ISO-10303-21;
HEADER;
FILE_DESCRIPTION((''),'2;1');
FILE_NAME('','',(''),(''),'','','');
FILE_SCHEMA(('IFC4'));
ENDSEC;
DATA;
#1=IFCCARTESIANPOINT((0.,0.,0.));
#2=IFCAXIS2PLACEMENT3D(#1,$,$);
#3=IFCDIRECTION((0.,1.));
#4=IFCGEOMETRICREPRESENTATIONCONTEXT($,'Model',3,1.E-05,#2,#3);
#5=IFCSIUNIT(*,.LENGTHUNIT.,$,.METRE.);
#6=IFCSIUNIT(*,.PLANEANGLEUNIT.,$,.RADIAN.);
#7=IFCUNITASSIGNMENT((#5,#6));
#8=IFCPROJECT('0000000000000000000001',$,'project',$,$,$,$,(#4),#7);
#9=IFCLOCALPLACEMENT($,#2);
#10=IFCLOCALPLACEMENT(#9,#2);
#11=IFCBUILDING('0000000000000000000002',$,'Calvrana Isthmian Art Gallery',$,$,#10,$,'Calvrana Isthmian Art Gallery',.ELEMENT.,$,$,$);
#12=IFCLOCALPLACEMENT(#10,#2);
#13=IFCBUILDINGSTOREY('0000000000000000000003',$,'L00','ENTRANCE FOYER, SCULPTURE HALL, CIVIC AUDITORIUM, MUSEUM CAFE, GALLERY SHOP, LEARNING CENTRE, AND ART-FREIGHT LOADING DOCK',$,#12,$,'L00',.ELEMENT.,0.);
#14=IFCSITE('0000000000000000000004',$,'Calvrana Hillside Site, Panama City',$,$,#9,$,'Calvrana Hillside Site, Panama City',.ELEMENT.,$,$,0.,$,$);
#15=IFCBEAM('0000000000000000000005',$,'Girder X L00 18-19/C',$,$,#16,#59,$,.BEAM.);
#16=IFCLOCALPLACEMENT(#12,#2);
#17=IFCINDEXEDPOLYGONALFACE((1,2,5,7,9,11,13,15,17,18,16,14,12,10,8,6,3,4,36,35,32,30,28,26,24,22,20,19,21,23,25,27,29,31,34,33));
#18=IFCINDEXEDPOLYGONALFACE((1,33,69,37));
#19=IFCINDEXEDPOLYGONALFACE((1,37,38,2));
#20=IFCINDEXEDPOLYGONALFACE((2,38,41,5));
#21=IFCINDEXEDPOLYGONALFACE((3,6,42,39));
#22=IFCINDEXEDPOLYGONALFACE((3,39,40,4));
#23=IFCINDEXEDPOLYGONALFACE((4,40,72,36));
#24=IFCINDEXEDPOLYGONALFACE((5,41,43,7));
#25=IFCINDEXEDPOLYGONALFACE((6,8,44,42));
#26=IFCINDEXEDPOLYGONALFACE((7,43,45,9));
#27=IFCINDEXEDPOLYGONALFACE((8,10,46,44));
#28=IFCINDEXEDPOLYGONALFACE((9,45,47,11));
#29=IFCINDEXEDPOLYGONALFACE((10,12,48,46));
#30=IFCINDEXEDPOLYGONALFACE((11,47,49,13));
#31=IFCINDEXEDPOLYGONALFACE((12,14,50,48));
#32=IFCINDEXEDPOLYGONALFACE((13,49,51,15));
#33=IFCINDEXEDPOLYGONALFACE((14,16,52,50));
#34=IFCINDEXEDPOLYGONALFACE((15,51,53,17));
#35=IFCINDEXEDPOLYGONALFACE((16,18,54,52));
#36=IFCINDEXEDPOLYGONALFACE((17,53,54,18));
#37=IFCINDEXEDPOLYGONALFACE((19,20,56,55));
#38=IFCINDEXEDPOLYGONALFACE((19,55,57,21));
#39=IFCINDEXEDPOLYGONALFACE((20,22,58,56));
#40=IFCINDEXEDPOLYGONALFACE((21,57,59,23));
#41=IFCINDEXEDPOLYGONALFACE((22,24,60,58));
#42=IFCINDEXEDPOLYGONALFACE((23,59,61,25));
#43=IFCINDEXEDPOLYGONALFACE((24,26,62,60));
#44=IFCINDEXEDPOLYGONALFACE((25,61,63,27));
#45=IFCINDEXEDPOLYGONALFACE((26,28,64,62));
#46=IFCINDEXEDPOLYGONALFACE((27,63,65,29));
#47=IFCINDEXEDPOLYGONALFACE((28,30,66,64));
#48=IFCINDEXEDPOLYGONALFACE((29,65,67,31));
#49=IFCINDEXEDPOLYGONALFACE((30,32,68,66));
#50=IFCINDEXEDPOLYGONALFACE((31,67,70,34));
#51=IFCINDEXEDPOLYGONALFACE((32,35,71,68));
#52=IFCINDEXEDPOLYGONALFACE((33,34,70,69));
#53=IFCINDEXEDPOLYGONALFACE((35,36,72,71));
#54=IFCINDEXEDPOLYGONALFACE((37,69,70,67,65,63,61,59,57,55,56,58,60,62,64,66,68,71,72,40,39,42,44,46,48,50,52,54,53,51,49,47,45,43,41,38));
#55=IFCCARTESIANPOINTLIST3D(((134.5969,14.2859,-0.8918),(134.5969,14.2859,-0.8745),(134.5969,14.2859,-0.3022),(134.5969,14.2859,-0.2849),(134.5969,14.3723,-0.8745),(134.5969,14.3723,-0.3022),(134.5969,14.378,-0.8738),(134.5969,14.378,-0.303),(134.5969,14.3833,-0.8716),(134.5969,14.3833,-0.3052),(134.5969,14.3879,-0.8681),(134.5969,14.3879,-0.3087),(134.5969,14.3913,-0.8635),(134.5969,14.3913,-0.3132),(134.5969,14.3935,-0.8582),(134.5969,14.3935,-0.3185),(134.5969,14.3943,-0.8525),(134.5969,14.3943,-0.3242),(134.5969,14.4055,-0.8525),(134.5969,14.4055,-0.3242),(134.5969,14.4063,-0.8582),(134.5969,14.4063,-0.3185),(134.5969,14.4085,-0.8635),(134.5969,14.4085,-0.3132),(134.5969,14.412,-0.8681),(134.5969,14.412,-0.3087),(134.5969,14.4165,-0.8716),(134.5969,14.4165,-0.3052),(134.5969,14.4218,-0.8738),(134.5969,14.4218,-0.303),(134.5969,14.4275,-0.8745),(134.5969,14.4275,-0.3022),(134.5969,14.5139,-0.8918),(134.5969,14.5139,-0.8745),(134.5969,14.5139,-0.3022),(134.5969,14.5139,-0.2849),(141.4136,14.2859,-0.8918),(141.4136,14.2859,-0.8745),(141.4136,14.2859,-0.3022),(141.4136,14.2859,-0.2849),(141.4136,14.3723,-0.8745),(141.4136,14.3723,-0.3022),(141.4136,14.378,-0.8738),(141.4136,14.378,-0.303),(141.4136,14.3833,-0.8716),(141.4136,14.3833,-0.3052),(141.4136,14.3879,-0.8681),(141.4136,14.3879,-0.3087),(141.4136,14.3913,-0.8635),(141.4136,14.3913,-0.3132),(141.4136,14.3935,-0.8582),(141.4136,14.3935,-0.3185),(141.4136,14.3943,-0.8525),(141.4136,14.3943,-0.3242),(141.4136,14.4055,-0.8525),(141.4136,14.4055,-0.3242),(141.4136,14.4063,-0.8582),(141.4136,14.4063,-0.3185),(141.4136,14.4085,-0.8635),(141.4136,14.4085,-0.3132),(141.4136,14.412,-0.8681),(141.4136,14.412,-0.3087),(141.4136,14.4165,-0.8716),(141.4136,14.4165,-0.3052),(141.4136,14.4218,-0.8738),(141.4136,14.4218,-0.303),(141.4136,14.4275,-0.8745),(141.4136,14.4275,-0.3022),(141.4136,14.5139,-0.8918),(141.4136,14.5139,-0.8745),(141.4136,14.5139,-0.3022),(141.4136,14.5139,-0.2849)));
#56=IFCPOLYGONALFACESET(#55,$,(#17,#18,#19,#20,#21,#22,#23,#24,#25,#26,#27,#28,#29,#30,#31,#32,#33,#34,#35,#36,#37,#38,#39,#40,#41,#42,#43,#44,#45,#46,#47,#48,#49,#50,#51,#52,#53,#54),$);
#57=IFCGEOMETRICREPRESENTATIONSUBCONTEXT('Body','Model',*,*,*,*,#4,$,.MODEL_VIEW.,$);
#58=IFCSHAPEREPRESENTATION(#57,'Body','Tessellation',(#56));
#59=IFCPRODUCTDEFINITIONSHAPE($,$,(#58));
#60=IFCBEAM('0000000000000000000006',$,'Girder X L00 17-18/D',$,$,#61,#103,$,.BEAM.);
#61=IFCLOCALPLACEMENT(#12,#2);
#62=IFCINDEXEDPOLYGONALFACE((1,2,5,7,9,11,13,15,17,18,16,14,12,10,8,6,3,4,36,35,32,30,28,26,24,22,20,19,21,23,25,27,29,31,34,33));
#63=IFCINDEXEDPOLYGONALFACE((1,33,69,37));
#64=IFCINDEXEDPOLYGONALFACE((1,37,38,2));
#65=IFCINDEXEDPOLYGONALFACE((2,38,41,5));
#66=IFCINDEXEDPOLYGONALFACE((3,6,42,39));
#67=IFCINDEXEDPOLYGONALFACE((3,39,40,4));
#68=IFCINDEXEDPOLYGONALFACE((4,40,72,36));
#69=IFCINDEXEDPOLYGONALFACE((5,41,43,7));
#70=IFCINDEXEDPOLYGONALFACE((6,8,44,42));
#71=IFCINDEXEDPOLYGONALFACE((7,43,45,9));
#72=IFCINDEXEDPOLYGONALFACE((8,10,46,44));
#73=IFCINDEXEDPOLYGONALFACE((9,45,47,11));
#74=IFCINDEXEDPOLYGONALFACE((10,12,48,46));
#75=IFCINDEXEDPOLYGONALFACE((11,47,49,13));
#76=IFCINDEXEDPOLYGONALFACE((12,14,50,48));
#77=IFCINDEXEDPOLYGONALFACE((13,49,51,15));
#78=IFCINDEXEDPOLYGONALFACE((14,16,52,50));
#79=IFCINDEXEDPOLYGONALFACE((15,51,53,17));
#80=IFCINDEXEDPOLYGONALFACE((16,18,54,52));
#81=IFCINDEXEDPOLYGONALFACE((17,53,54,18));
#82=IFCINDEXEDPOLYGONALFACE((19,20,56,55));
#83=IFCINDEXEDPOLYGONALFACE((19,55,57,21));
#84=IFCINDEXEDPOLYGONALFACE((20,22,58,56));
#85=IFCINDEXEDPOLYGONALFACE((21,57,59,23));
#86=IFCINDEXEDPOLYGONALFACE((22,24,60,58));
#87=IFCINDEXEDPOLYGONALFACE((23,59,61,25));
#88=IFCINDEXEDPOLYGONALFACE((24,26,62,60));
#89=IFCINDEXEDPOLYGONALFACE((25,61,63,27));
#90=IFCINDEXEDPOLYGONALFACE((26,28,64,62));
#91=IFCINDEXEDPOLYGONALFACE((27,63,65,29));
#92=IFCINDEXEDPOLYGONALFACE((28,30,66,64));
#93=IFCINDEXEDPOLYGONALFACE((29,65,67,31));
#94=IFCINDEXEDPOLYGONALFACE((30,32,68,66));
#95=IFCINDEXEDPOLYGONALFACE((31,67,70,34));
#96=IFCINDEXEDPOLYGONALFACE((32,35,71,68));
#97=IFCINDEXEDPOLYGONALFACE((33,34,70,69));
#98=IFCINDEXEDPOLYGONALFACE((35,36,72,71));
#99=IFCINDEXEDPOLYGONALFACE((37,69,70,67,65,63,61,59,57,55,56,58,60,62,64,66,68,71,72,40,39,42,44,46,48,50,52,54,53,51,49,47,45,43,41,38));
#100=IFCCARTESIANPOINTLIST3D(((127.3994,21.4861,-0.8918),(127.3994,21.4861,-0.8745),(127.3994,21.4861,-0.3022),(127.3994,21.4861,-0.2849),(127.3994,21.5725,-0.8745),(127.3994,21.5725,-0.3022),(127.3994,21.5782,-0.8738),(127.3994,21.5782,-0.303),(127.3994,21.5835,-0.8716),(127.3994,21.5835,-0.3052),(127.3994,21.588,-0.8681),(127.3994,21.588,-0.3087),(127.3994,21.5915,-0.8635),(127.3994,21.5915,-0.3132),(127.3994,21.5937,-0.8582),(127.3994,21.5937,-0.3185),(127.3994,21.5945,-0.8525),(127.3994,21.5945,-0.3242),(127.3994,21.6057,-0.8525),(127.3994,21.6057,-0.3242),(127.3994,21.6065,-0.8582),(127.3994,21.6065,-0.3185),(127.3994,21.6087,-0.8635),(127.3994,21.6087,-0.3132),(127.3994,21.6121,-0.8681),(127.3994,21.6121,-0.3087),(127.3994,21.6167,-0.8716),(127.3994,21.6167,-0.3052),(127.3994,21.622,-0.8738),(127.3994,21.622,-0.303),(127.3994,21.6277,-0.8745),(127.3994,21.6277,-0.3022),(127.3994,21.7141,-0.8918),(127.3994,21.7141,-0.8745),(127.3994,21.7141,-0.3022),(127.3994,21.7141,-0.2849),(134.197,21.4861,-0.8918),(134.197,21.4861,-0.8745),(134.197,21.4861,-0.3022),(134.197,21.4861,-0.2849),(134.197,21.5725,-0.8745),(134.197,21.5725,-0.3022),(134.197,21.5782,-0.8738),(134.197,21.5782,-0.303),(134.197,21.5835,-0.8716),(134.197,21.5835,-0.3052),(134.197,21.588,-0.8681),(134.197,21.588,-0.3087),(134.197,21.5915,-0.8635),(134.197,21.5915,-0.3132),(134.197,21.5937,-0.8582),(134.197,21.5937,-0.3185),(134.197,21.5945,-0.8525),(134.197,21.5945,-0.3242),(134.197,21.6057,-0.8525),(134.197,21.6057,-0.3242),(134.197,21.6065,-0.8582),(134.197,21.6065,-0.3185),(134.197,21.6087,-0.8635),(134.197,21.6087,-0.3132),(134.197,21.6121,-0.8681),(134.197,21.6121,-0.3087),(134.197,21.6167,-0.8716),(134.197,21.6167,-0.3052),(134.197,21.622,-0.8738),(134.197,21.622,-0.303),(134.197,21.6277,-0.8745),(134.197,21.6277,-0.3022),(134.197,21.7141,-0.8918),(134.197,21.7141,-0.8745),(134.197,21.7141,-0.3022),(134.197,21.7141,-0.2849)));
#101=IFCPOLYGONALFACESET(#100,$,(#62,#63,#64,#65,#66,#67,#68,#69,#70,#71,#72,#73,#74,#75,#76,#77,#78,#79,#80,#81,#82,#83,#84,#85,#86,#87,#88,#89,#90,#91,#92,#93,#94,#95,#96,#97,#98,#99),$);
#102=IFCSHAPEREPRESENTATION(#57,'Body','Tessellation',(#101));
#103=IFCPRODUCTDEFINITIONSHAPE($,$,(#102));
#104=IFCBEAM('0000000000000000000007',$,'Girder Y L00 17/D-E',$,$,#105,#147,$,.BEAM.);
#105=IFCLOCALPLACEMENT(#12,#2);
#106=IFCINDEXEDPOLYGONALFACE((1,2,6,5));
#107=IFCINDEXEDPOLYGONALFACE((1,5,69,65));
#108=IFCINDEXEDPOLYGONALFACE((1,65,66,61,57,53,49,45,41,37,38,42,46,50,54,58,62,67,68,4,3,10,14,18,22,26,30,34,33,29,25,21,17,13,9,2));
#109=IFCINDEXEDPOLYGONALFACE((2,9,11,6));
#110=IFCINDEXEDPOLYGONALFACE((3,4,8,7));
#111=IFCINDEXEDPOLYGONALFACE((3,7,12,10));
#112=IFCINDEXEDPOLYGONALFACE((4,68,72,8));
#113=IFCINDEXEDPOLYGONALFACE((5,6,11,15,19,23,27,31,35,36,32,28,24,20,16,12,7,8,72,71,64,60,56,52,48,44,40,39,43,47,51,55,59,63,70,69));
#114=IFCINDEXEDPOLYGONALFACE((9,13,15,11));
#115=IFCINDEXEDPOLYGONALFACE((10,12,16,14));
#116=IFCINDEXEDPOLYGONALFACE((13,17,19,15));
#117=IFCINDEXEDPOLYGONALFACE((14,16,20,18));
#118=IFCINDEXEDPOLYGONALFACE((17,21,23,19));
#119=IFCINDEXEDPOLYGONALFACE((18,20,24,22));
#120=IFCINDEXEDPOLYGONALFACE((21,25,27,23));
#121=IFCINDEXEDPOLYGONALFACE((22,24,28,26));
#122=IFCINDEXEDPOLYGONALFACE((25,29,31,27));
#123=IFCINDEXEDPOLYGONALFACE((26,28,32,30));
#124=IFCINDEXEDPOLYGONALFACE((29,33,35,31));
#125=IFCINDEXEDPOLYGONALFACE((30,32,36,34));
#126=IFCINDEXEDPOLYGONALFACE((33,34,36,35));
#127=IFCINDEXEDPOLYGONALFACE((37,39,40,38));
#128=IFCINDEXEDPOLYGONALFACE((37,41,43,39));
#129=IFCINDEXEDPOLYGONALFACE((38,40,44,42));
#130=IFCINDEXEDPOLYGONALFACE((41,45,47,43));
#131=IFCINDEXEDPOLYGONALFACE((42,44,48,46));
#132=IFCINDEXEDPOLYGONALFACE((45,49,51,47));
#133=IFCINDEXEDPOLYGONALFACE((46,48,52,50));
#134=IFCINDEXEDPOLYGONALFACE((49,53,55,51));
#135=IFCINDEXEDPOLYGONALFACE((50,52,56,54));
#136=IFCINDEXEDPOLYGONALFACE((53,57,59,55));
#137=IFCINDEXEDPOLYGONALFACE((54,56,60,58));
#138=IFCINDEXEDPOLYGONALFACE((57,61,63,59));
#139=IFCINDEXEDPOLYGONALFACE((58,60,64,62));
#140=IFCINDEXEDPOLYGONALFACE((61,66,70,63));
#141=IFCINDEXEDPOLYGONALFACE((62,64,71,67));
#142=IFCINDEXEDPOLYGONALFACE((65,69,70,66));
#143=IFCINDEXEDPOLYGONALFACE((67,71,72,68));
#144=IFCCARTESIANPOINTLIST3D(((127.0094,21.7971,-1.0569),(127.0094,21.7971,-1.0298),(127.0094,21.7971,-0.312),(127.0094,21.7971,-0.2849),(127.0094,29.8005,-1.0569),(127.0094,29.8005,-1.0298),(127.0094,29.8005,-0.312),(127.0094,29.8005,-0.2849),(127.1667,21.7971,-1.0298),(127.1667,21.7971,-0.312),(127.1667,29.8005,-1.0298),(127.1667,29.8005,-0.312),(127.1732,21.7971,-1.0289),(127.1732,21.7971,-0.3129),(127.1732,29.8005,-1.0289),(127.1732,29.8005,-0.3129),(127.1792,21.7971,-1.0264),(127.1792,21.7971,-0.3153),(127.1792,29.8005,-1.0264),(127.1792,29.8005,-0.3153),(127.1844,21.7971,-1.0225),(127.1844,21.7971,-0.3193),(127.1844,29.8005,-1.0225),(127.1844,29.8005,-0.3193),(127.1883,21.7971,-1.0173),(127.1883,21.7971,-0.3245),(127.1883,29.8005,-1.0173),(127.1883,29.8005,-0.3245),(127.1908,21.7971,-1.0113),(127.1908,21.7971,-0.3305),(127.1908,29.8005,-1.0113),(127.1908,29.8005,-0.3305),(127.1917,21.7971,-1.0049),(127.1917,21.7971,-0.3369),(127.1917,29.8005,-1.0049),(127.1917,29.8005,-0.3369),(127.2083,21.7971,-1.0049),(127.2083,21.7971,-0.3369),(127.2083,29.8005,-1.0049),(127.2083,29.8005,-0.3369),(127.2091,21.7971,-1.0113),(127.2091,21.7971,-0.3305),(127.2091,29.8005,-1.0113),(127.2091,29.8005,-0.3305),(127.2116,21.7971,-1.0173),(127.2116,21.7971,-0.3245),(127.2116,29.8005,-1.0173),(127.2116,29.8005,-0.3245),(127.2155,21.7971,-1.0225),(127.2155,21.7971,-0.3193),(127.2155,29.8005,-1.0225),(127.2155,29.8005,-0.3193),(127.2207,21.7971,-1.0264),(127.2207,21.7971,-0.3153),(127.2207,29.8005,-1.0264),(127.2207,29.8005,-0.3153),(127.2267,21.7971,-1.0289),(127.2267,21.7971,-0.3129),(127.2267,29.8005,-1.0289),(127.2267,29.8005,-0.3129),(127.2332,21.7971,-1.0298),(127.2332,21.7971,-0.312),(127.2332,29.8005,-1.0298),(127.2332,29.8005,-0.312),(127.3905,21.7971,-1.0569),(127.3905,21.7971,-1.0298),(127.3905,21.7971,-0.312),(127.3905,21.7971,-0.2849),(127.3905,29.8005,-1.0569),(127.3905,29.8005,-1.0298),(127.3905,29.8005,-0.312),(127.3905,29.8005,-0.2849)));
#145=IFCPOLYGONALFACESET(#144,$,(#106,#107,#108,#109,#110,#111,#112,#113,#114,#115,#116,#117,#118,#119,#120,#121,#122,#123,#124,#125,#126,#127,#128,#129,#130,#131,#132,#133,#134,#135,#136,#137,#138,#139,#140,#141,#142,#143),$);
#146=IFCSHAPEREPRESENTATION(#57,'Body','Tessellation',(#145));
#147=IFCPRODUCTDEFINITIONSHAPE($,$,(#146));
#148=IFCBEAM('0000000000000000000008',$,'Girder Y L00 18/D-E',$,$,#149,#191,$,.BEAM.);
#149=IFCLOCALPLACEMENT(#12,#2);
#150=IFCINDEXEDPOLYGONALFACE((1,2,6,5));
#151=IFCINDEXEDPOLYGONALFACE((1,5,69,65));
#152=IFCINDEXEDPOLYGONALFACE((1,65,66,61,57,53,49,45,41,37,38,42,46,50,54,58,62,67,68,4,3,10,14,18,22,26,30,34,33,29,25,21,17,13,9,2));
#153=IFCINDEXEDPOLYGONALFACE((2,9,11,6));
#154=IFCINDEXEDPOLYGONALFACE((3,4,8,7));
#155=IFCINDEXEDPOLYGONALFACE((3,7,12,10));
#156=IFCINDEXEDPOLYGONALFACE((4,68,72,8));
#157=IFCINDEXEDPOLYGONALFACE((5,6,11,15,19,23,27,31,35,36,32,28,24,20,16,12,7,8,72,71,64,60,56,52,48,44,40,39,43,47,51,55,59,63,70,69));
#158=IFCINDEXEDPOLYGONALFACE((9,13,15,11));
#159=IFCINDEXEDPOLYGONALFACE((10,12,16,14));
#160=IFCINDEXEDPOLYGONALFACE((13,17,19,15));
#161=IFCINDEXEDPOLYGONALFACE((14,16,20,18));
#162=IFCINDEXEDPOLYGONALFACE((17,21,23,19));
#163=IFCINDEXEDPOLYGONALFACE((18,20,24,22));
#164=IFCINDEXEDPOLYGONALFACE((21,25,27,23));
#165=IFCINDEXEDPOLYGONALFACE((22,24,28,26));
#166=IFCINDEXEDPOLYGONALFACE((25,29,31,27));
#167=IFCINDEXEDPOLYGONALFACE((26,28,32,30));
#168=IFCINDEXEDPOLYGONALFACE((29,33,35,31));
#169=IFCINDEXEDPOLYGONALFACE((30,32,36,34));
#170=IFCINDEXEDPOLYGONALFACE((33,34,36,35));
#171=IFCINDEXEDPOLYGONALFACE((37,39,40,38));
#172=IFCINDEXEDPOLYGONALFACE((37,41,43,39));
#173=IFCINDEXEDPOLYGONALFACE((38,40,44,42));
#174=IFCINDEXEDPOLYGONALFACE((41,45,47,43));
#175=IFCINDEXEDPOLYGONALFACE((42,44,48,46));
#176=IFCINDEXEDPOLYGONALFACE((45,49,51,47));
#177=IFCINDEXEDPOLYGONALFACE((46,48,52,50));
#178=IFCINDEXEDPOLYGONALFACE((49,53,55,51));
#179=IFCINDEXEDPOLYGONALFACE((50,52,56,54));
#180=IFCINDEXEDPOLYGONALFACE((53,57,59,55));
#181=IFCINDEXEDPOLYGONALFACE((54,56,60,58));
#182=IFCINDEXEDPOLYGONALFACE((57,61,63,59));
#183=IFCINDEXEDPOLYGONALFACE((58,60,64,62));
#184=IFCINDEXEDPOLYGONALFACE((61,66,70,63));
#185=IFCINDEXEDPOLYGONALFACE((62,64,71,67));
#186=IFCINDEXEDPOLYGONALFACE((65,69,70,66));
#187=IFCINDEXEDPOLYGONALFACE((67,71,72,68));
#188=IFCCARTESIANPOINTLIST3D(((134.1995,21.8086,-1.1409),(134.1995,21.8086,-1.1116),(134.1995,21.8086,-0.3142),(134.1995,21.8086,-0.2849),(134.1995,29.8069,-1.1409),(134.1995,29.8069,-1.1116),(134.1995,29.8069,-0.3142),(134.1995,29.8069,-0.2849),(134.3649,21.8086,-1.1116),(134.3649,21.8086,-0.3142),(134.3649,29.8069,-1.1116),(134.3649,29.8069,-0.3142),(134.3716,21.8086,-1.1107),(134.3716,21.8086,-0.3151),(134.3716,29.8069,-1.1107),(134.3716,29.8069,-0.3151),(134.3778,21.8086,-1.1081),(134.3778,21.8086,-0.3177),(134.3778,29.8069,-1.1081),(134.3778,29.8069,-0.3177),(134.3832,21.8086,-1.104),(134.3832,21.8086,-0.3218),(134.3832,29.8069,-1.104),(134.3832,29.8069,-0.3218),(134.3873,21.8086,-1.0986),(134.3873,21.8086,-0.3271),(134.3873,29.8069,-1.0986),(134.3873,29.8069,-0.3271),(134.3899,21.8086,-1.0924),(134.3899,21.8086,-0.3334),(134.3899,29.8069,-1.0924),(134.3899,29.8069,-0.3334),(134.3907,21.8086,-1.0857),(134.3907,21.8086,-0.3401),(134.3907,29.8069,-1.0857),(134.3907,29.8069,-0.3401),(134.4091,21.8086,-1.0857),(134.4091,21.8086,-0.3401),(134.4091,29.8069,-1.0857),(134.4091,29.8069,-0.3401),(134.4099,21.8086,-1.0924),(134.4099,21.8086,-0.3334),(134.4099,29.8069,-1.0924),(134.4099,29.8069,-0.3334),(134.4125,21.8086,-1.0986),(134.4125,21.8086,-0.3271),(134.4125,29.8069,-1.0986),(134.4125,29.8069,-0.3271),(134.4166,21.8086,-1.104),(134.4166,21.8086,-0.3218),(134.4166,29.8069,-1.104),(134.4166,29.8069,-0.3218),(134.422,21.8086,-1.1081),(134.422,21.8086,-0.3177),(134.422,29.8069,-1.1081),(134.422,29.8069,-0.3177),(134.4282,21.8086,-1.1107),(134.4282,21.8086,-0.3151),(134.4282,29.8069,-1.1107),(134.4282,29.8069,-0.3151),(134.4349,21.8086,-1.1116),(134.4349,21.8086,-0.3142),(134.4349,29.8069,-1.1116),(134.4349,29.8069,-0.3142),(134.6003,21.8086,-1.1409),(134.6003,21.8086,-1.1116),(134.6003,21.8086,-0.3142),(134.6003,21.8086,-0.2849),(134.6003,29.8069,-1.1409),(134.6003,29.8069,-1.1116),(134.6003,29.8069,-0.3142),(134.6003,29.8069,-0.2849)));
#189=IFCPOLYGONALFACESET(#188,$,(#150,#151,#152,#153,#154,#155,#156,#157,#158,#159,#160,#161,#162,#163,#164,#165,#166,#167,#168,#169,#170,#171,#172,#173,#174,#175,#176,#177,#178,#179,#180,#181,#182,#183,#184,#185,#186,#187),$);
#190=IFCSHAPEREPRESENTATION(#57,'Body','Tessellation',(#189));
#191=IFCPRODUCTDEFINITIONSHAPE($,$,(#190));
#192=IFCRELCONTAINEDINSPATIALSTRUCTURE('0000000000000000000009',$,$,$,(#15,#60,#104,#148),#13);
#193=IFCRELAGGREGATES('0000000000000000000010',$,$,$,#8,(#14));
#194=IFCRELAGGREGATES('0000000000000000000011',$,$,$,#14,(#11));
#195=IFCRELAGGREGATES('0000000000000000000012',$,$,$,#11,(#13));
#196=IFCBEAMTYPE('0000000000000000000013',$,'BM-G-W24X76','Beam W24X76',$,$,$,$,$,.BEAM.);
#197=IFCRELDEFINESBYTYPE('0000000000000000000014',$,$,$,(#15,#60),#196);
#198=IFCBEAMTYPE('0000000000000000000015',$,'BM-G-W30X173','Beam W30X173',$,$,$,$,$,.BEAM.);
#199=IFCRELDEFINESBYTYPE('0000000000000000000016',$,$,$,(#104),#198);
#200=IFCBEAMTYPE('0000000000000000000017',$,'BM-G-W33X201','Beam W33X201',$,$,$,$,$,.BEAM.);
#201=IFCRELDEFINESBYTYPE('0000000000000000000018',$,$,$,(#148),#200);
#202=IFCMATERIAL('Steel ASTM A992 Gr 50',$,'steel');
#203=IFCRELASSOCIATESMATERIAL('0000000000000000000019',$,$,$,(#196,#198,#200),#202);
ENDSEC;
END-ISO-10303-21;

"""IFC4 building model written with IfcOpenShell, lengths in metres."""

from ifc_helpers import new_model, si_unit, direction, frame, origin, origin_2d, place, context, subcontext, project, spatial, i_section, extrude, material, material_profile, profile_set, type_object, element, save


model = new_model("IFC4")

# Units and contexts
model_context = context("Model", 3, precision=1e-05, world=origin(), true_north=direction((0.0, 1.0)))
body_context = subcontext(model_context, "Body", "Model", "MODEL_VIEW")
ifc_project = project(units=[si_unit("LENGTHUNIT", "METRE"), si_unit("PLANEANGLEUNIT", "RADIAN")], contexts=[model_context])

# Site, building, storey
site_placement = place(None, origin())
site = spatial("IfcSite", under=ifc_project, at=site_placement, Name="Calvrana Hillside Site, Panama City", LongName="Calvrana Hillside Site, Panama City", CompositionType="ELEMENT", RefElevation=0.0)
building_placement = place(site_placement, origin())
building = spatial("IfcBuilding", under=site, at=building_placement, Name="Calvrana Isthmian Art Gallery", LongName="Calvrana Isthmian Art Gallery", CompositionType="ELEMENT")
storey_placement = place(building_placement, origin())
storey = spatial("IfcBuildingStorey", under=building, at=storey_placement, Name="L00", Description="ENTRANCE FOYER, SCULPTURE HALL, CIVIC AUDITORIUM, MUSEUM CAFE, GALLERY SHOP, LEARNING CENTRE, AND ART-FREIGHT LOADING DOCK", LongName="L00", CompositionType="ELEMENT", Elevation=0.0)

# Shared definitions
ifc_material_1 = material(Name="Steel ASTM A992 Gr 50", Category="steel")

# Beams
ifc_material_profile_1 = material_profile(ifc_material_1, i_section(OverallWidth=0.228, OverallDepth=0.6069, WebThickness=0.0112, FlangeThickness=0.0173, FilletRadius=0.022, at=origin_2d()), Name="W24X76")
ifc_profile_set_1 = profile_set([ifc_material_profile_1], Name="Steel ASTM A992 Gr 50")
beam_type_1 = type_object("IfcBeamType", Name="BM-G-W24X76", Description="Beam W24X76", PredefinedType="BEAM", material=ifc_profile_set_1)
beam_1_placement = place(storey_placement, frame((134.5969, 14.3999, -0.5884), z_axis=(1.0, 0.0, 0.0), x_axis=(0.0, 1.0, 0.0)))
element("IfcBeam", 1, at=beam_1_placement, inside=storey, type_object=beam_type_1, Name="Girder X L00 18-19/C", PredefinedType="BEAM", context=body_context, shape_type="SweptSolid", body=[
    extrude(i_section(OverallWidth=0.228, OverallDepth=0.6069, WebThickness=0.0112, FlangeThickness=0.0173, FilletRadius=0.022, at=origin_2d()), origin(), (0.0, 0.0, 1.0), 6.8167),
])
beam_2_placement = place(storey_placement, frame((127.3994, 21.6001, -0.5884), z_axis=(1.0, 0.0, 0.0), x_axis=(0.0, 1.0, 0.0)))
element("IfcBeam", 2, at=beam_2_placement, inside=storey, type_object=beam_type_1, Name="Girder X L00 17-18/D", PredefinedType="BEAM", context=body_context, shape_type="SweptSolid", body=[
    extrude(i_section(OverallWidth=0.228, OverallDepth=0.6069, WebThickness=0.0112, FlangeThickness=0.0173, FilletRadius=0.022, at=origin_2d()), origin(), (0.0, 0.0, 1.0), 6.7976),
])
ifc_material_profile_2 = material_profile(ifc_material_1, i_section(OverallWidth=0.3811, OverallDepth=0.772, WebThickness=0.0166, FlangeThickness=0.0271, FilletRadius=0.0249, at=origin_2d()), Name="W30X173")
ifc_profile_set_2 = profile_set([ifc_material_profile_2], Name="Steel ASTM A992 Gr 50")
beam_type_2 = type_object("IfcBeamType", Name="BM-G-W30X173", Description="Beam W30X173", PredefinedType="BEAM", material=ifc_profile_set_2)
beam_3_placement = place(storey_placement, frame((127.2, 21.7971, -0.6709), z_axis=(0.0, 1.0, 0.0), x_axis=(-1.0, 0.0, 0.0)))
element("IfcBeam", 3, at=beam_3_placement, inside=storey, type_object=beam_type_2, Name="Girder Y L00 17/D-E", PredefinedType="BEAM", context=body_context, shape_type="SweptSolid", body=[
    extrude(i_section(OverallWidth=0.3811, OverallDepth=0.772, WebThickness=0.0166, FlangeThickness=0.0271, FilletRadius=0.0249, at=origin_2d()), origin(), (0.0, 0.0, 1.0), 8.0034),
])
ifc_material_profile_3 = material_profile(ifc_material_1, i_section(OverallWidth=0.4009, OverallDepth=0.856, WebThickness=0.0183, FlangeThickness=0.0293, FilletRadius=0.0259, at=origin_2d()), Name="W33X201")
ifc_profile_set_3 = profile_set([ifc_material_profile_3], Name="Steel ASTM A992 Gr 50")
beam_type_3 = type_object("IfcBeamType", Name="BM-G-W33X201", Description="Beam W33X201", PredefinedType="BEAM", material=ifc_profile_set_3)
beam_4_placement = place(storey_placement, frame((134.3999, 21.8086, -0.7129), z_axis=(0.0, 1.0, 0.0), x_axis=(-1.0, 0.0, 0.0)))
element("IfcBeam", 4, at=beam_4_placement, inside=storey, type_object=beam_type_3, Name="Girder Y L00 18/D-E", PredefinedType="BEAM", context=body_context, shape_type="SweptSolid", body=[
    extrude(i_section(OverallWidth=0.4009, OverallDepth=0.856, WebThickness=0.0183, FlangeThickness=0.0293, FilletRadius=0.0259, at=origin_2d()), origin(), (0.0, 0.0, 1.0), 7.9983),
])

save(model, "model.ifc")
